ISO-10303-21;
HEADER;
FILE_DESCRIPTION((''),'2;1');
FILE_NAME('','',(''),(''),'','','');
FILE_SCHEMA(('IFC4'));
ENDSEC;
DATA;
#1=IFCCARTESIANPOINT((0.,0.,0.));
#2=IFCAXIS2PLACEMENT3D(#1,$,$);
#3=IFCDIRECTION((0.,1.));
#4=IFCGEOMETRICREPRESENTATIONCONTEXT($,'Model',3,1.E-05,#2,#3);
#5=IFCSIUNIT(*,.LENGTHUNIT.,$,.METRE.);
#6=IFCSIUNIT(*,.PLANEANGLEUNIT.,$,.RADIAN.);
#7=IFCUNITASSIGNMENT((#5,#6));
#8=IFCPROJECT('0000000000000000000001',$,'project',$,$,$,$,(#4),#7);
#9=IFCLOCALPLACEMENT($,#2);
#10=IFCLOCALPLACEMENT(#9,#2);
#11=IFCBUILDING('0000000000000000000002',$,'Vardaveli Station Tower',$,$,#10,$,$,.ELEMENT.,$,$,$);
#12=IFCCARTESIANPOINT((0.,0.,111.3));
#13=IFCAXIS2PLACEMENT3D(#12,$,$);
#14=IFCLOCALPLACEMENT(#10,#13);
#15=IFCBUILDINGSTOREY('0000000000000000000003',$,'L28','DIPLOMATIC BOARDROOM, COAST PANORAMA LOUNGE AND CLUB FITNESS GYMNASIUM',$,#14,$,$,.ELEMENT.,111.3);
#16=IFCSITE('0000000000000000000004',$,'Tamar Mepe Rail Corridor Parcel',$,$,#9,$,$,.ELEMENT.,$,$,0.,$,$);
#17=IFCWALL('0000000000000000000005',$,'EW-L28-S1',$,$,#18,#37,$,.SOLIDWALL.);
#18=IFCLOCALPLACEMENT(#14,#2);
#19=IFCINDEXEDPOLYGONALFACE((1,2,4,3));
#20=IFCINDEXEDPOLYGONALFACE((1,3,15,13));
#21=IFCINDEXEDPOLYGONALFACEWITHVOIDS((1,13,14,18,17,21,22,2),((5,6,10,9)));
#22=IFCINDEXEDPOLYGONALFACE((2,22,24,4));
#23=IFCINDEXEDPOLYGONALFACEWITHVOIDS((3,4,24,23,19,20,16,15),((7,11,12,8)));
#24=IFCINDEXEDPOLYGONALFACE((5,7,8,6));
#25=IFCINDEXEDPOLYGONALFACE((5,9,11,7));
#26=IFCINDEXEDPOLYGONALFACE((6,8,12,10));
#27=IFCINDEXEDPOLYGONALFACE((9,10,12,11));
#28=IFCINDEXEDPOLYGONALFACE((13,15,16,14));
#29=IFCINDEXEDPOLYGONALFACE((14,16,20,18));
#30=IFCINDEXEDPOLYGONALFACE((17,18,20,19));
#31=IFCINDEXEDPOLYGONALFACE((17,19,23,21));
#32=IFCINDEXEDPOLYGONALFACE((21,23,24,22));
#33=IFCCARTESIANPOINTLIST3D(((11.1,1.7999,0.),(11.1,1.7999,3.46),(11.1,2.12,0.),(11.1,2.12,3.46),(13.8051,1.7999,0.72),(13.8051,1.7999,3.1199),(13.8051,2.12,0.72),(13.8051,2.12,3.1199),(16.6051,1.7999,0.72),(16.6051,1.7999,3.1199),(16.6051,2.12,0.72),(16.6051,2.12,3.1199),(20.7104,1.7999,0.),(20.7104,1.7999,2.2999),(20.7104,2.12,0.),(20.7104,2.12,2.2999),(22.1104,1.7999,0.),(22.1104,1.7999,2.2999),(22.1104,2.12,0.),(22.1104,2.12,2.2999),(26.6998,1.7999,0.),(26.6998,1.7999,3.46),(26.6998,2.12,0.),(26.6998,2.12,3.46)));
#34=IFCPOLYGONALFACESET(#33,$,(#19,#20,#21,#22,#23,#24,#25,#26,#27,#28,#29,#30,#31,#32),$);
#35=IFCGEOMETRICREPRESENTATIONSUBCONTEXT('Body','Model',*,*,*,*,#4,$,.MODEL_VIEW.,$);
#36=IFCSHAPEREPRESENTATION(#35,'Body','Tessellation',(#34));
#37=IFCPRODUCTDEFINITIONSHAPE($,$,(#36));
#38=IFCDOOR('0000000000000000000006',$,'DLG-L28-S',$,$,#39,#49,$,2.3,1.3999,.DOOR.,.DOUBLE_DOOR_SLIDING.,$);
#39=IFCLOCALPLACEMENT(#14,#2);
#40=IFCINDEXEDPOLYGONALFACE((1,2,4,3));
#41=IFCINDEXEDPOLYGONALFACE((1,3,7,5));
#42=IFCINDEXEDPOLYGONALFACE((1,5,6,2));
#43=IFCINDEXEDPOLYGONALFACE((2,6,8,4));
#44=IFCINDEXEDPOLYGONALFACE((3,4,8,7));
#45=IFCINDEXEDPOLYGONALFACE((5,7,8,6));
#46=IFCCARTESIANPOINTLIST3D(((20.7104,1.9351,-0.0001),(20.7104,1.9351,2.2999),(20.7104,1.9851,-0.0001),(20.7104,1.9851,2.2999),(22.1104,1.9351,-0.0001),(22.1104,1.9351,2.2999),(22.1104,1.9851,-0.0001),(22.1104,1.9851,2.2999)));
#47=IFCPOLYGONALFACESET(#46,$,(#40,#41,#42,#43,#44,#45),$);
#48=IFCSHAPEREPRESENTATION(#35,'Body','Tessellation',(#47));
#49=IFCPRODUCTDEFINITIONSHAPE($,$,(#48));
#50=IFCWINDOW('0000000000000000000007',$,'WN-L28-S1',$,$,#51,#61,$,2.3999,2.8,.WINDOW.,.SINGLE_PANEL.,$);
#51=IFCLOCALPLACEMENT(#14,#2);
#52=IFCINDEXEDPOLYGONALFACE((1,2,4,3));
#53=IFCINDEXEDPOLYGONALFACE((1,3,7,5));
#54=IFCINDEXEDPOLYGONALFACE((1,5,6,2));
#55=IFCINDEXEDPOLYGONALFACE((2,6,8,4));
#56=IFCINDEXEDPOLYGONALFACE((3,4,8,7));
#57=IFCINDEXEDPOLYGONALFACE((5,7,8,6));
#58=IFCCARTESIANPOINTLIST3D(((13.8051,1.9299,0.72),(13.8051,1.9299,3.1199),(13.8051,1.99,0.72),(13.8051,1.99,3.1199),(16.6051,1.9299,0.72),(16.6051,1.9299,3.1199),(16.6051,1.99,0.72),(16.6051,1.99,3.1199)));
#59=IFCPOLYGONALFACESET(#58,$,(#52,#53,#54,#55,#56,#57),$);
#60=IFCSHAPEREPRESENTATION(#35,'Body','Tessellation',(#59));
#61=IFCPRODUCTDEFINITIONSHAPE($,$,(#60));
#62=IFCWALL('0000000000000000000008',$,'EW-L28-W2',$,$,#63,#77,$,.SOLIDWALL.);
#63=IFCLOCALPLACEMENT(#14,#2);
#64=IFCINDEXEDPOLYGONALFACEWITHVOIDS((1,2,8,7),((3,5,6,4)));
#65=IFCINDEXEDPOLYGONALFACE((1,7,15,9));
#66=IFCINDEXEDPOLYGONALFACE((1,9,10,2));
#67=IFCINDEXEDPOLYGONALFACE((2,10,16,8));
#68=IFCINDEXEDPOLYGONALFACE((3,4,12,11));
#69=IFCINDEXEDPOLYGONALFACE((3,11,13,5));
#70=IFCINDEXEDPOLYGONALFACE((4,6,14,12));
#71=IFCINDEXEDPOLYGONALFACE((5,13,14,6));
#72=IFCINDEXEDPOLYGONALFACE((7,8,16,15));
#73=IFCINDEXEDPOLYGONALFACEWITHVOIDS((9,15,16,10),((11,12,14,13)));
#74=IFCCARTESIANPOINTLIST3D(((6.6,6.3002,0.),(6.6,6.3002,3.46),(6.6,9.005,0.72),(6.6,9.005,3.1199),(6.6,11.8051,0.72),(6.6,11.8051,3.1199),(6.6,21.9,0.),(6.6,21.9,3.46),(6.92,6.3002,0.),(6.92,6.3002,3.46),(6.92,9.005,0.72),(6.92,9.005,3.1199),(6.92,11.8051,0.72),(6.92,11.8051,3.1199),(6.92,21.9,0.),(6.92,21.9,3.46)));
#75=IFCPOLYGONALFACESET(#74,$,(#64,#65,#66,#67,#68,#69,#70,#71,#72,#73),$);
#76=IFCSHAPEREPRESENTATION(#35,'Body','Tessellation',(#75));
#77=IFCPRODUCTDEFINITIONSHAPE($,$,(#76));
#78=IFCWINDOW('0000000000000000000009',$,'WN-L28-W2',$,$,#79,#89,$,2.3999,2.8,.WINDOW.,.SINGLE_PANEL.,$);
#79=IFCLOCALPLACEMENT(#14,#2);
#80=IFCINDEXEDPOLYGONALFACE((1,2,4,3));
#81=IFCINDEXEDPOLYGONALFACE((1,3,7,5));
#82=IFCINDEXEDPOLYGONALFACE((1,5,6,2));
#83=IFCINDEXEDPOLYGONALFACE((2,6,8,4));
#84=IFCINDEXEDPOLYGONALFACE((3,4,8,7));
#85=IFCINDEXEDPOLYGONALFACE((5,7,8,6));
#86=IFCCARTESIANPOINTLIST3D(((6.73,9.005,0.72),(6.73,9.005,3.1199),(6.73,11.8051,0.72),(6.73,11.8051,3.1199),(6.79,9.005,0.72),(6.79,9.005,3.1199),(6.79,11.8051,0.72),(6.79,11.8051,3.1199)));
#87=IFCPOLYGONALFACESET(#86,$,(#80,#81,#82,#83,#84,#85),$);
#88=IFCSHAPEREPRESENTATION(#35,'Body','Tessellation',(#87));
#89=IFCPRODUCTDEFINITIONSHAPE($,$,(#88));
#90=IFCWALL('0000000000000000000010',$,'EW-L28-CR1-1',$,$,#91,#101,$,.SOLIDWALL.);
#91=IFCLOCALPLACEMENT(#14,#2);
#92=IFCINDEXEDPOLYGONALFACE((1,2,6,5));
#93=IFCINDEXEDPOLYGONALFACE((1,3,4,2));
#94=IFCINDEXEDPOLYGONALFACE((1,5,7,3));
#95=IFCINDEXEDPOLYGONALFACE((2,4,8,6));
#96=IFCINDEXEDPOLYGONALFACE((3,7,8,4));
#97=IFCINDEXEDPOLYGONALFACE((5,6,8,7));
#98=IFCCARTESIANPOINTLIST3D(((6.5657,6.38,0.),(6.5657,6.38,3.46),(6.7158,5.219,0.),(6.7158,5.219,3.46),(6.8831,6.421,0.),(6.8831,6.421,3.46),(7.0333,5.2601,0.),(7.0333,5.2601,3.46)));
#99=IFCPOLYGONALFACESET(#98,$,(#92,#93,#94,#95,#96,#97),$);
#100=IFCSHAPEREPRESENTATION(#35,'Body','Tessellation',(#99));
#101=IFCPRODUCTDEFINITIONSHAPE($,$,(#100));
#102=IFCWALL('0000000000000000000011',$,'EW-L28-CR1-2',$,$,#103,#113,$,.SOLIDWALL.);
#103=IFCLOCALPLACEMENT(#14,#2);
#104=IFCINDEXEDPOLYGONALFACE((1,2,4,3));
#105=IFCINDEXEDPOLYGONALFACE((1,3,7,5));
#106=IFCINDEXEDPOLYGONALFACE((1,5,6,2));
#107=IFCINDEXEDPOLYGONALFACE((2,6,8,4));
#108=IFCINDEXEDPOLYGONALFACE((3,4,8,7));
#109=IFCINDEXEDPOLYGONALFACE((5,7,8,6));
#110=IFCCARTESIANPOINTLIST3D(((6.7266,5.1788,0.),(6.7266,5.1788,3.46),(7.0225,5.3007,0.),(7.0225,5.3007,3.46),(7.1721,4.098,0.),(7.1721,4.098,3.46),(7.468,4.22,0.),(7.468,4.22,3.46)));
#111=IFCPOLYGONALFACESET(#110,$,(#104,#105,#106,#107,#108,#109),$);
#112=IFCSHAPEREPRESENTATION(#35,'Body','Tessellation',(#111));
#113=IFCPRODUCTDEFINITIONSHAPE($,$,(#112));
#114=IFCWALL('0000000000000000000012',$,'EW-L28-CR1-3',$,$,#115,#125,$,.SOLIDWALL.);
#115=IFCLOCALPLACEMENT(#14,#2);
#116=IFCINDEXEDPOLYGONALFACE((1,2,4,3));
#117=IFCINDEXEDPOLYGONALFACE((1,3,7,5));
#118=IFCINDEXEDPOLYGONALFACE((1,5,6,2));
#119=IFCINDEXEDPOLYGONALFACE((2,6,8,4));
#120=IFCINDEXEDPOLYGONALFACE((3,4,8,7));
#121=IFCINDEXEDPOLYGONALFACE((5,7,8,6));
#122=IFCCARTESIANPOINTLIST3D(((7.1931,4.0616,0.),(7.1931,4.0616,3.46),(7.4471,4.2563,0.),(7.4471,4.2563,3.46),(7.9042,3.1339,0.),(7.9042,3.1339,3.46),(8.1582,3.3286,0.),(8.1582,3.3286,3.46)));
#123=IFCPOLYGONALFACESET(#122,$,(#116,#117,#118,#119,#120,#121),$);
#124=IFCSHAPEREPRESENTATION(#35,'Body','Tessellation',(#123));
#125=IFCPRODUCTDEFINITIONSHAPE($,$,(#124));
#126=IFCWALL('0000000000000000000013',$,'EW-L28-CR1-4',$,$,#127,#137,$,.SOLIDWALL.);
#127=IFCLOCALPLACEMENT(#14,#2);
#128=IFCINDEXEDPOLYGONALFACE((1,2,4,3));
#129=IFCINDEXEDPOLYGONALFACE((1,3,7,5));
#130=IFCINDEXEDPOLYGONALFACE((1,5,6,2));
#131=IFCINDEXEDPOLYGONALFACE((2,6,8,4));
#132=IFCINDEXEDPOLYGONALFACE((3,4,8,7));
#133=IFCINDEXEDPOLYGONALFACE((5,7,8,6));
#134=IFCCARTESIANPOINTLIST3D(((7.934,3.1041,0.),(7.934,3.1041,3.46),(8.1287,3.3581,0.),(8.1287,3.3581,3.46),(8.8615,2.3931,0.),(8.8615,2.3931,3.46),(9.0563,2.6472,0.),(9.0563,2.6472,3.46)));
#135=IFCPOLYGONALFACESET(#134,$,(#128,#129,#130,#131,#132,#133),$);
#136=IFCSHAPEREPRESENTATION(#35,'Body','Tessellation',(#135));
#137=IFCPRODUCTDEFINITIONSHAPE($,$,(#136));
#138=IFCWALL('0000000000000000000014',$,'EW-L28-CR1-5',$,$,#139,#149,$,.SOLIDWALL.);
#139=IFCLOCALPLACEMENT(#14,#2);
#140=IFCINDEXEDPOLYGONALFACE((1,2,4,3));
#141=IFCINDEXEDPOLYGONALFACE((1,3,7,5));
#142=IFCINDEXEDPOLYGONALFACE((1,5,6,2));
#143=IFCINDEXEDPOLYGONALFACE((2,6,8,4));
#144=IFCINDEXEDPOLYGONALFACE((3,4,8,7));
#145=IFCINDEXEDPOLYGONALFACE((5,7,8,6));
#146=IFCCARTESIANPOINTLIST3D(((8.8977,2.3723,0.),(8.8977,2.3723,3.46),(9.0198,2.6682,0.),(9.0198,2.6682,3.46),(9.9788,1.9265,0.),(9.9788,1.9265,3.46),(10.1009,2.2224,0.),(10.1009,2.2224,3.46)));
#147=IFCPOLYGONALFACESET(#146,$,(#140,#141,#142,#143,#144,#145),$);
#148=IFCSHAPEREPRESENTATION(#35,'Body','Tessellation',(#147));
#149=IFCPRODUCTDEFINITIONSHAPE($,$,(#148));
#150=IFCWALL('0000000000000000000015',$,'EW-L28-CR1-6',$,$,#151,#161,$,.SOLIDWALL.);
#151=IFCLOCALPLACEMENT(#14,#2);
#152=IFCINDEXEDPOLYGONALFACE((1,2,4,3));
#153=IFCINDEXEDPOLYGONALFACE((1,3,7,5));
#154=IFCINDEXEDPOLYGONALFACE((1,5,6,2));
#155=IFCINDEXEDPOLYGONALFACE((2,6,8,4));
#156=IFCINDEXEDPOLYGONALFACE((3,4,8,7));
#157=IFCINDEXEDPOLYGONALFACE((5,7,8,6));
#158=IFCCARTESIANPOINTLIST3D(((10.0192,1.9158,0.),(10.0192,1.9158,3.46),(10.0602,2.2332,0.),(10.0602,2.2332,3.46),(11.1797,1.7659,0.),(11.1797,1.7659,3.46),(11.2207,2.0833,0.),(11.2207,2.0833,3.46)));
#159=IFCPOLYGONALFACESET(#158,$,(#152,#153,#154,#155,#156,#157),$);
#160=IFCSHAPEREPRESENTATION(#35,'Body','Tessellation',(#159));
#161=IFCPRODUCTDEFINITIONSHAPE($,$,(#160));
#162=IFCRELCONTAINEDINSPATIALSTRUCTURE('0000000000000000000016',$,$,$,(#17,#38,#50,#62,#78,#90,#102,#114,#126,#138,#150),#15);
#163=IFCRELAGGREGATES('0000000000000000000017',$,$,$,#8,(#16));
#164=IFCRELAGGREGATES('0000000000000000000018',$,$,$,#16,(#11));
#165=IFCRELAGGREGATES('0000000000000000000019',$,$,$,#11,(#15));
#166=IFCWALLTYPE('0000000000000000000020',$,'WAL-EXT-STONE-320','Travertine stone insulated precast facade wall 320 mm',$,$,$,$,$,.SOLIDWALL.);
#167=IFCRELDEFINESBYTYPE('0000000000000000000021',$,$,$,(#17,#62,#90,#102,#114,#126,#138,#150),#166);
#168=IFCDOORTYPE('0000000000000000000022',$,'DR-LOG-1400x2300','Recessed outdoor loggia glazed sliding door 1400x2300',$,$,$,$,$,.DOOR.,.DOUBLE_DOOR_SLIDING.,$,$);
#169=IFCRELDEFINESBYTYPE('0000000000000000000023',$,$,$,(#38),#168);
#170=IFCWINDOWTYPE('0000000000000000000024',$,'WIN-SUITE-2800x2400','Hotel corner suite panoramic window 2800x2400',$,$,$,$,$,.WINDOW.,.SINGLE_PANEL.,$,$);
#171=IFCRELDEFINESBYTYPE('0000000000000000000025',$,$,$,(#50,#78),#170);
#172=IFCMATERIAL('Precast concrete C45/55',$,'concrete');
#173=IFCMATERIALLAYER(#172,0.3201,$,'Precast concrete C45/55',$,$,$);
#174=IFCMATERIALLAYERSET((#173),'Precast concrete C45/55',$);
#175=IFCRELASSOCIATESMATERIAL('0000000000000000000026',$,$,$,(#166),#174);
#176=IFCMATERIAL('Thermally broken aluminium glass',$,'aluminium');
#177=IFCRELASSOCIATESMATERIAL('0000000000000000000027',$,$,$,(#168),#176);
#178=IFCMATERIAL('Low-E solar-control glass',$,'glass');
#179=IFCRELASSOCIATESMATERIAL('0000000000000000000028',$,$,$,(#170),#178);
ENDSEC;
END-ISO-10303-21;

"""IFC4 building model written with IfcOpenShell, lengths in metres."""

from ifc_helpers import new_model, si_unit, direction, frame, frame_2d, origin, place, context, subcontext, project, spatial, rectangle, extrude, source, transform, mapped, material, layer, layer_set, type_object, element, fill, save


model = new_model("IFC4")

# Units and contexts
model_context = context("Model", 3, precision=1e-05, world=origin(), true_north=direction((0.0, 1.0)))
body_context = subcontext(model_context, "Body", "Model", "MODEL_VIEW")
ifc_project = project(units=[si_unit("LENGTHUNIT", "METRE"), si_unit("PLANEANGLEUNIT", "RADIAN")], contexts=[model_context])

# Site, building, storey
site_placement = place(None, origin())
site = spatial("IfcSite", under=ifc_project, at=site_placement, Name="Tamar Mepe Rail Corridor Parcel", CompositionType="ELEMENT", RefElevation=0.0)
building_placement = place(site_placement, origin())
building = spatial("IfcBuilding", under=site, at=building_placement, Name="Vardaveli Station Tower", CompositionType="ELEMENT")
storey_placement = place(building_placement, frame((0.0, 0.0, 111.3)))
storey = spatial("IfcBuildingStorey", under=building, at=storey_placement, Name="L28", Description="DIPLOMATIC BOARDROOM, COAST PANORAMA LOUNGE AND CLUB FITNESS GYMNASIUM", CompositionType="ELEMENT", Elevation=111.3)

# Shared definitions
ifc_material_1 = material(Name="Precast concrete C45/55", Category="concrete")

# Wall, openings, door, window
ifc_layer_1 = layer(ifc_material_1, 0.3201, Name="Precast concrete C45/55")
ifc_layer_set_1 = layer_set([ifc_layer_1], Name="Precast concrete C45/55")
wall_type_1 = type_object("IfcWallType", Name="WAL-EXT-STONE-320", Description="Travertine stone insulated precast facade wall 320 mm", PredefinedType="SOLIDWALL", material=ifc_layer_set_1)
shared_shape_1 = source(origin(), body_context, "Body", "SweptSolid", [
    extrude(rectangle(XDim=15.5999, YDim=0.3201, at=frame_2d((7.7998, 0.0))), origin(), (0.0, 0.0, 1.0), 3.46),
])
wall_1_placement = place(storey_placement, frame((11.1001, 1.96, 0.0), z_axis=(0.0, 0.0, 1.0), x_axis=(1.0, 0.0, 0.0)))
wall_1 = element("IfcWall", 1, at=wall_1_placement, inside=storey, type_object=wall_type_1, Name="EW-L28-S1", PredefinedType="SOLIDWALL", context=body_context, shape_type="MappedRepresentation", body=[
    mapped(shared_shape_1, transform((0.0, 0.0, 0.0), scale=1.0)),
])
shared_shape_2 = source(origin(), body_context, "Body", "SweptSolid", [
    extrude(rectangle(XDim=1.3999, YDim=2.3, at=frame_2d((0.7, 1.1499))), frame((0.0, 0.1699, 0.0), z_axis=(0.0, -1.0, 0.0), x_axis=(1.0, 0.0, 0.0)), (0.0, 0.0, 1.0), 0.3401),
])
opening_1_placement = place(wall_1_placement, frame((9.6104, 0.0, 0.0)))
opening_1 = element("IfcOpeningElement", 2, at=opening_1_placement, cuts=wall_1, PredefinedType="OPENING", context=body_context, shape_type="MappedRepresentation", body=[
    mapped(shared_shape_2, transform((0.0, 0.0, 0.0), scale=1.0)),
])
shared_shape_3 = source(origin(), body_context, "Body", "SweptSolid", [
    extrude(rectangle(XDim=2.8, YDim=2.3999, at=frame_2d((1.3999, 1.2))), frame((0.0, 0.1699, 0.0), z_axis=(0.0, -1.0, 0.0), x_axis=(1.0, 0.0, 0.0)), (0.0, 0.0, 1.0), 0.3401),
])
opening_2_placement = place(wall_1_placement, frame((2.7051, 0.0, 0.72)))
opening_2 = element("IfcOpeningElement", 3, at=opening_2_placement, cuts=wall_1, PredefinedType="OPENING", context=body_context, shape_type="MappedRepresentation", body=[
    mapped(shared_shape_3, transform((0.0, 0.0, 0.0), scale=1.0)),
])
ifc_material_2 = material(Name="Thermally broken aluminium glass", Category="aluminium")
door_type_1 = type_object("IfcDoorType", Name="DR-LOG-1400x2300", Description="Recessed outdoor loggia glazed sliding door 1400x2300", OperationType="DOUBLE_DOOR_SLIDING", PredefinedType="DOOR", material=ifc_material_2)
shared_shape_4 = source(origin(), body_context, "Body", "SweptSolid", [
    extrude(rectangle(XDim=1.3999, YDim=2.3, at=frame_2d((0.7, 1.1499))), frame((0.0, 0.0249, 0.0), z_axis=(0.0, -1.0, 0.0), x_axis=(1.0, 0.0, 0.0)), (0.0, 0.0, 1.0), 0.05),
])
door_1_placement = place(opening_1_placement, frame((1.3999, 0.0, 0.0), z_axis=(0.0, 0.0, 1.0), x_axis=(-1.0, 0.0, 0.0)))
door_1 = element("IfcDoor", 4, at=door_1_placement, inside=storey, type_object=door_type_1, Name="DLG-L28-S", OperationType="DOUBLE_DOOR_SLIDING", OverallHeight=2.3, OverallWidth=1.3999, PredefinedType="DOOR", context=body_context, shape_type="MappedRepresentation", body=[
    mapped(shared_shape_4, transform((0.0, 0.0, 0.0), scale=1.0)),
])
fill(opening_1, door_1)
ifc_material_3 = material(Name="Low-E solar-control glass", Category="glass")
window_type = type_object("IfcWindowType", Name="WIN-SUITE-2800x2400", Description="Hotel corner suite panoramic window 2800x2400", PartitioningType="SINGLE_PANEL", PredefinedType="WINDOW", material=ifc_material_3)
shared_shape_5 = source(origin(), body_context, "Body", "SweptSolid", [
    extrude(rectangle(XDim=2.8, YDim=2.3999, at=frame_2d((1.3999, 1.2))), frame((0.0, 0.03, 0.0), z_axis=(0.0, -1.0, 0.0), x_axis=(1.0, 0.0, 0.0)), (0.0, 0.0, 1.0), 0.0601),
])
window_1_placement = place(opening_2_placement, origin())
window_1 = element("IfcWindow", 5, at=window_1_placement, inside=storey, type_object=window_type, Name="WN-L28-S1", OverallHeight=2.3999, OverallWidth=2.8, PartitioningType="SINGLE_PANEL", PredefinedType="WINDOW", context=body_context, shape_type="MappedRepresentation", body=[
    mapped(shared_shape_5, transform((0.0, 0.0, 0.0), scale=1.0)),
])
fill(opening_2, window_1)

# Wall, opening, window
wall_2_placement = place(storey_placement, frame((6.76, 21.8999, 0.0), z_axis=(0.0, 0.0, 1.0), x_axis=(0.0, -1.0, 0.0)))
wall_2 = element("IfcWall", 6, at=wall_2_placement, inside=storey, type_object=wall_type_1, Name="EW-L28-W2", PredefinedType="SOLIDWALL", context=body_context, shape_type="MappedRepresentation", body=[
    mapped(shared_shape_1, transform((0.0, 0.0, 0.0), scale=1.0)),
])
opening_3_placement = place(wall_2_placement, frame((10.095, 0.0, 0.72)))
opening_3 = element("IfcOpeningElement", 7, at=opening_3_placement, cuts=wall_2, PredefinedType="OPENING", context=body_context, shape_type="MappedRepresentation", body=[
    mapped(shared_shape_3, transform((0.0, 0.0, 0.0), scale=1.0)),
])
window_2_placement = place(opening_3_placement, origin())
window_2 = element("IfcWindow", 8, at=window_2_placement, inside=storey, type_object=window_type, Name="WN-L28-W2", OverallHeight=2.3999, OverallWidth=2.8, PartitioningType="SINGLE_PANEL", PredefinedType="WINDOW", context=body_context, shape_type="MappedRepresentation", body=[
    mapped(shared_shape_5, transform((0.0, 0.0, 0.0), scale=1.0)),
])
fill(opening_3, window_2)

# Walls
shared_shape_6 = source(origin(), body_context, "Body", "SweptSolid", [
    extrude(rectangle(XDim=1.1707, YDim=0.3201, at=frame_2d((0.5854, 0.0))), origin(), (0.0, 0.0, 1.0), 3.46),
])
wall_3_placement = place(storey_placement, frame((6.7244, 6.4006, 0.0), z_axis=(0.0, 0.0, 1.0), x_axis=(0.128269, -0.991739, 0.0)))
element("IfcWall", 9, at=wall_3_placement, inside=storey, type_object=wall_type_1, Name="EW-L28-CR1-1", PredefinedType="SOLIDWALL", context=body_context, shape_type="MappedRepresentation", body=[
    mapped(shared_shape_6, transform((0.0, 0.0, 0.0), scale=1.0)),
])
shared_shape_7 = source(origin(), body_context, "Body", "SweptSolid", [
    extrude(rectangle(XDim=1.1689, YDim=0.3201, at=frame_2d((0.5845, 0.0))), origin(), (0.0, 0.0, 1.0), 3.46),
])
for number, where, z_axis, x_axis, name in (
    (10, (6.8745, 5.2397, 0.0), (0.0, 0.0, 1.0), (0.381128, -0.924522, 0.0), "EW-L28-CR1-2"),
    (11, (7.3201, 4.1589, 0.0), (0.0, 0.0, 1.0), (0.608388, -0.79364, 0.0), "EW-L28-CR1-3"),
):
    element("IfcWall", number, at=place(storey_placement, frame(where, z_axis=z_axis, x_axis=x_axis)), inside=storey, type_object=wall_type_1, Name=name, PredefinedType="SOLIDWALL", context=body_context, shape_type="MappedRepresentation", body=[
        mapped(shared_shape_7, transform((0.0, 0.0, 0.0), scale=1.0)),
    ])
shared_shape_8 = source(origin(), body_context, "Body", "SweptSolid", [
    extrude(rectangle(XDim=1.1687, YDim=0.3201, at=frame_2d((0.5845, 0.0))), origin(), (0.0, 0.0, 1.0), 3.46),
])
wall_4_placement = place(storey_placement, frame((8.0312, 3.2312, 0.0), z_axis=(0.0, 0.0, 1.0), x_axis=(0.793664, -0.608357, 0.0)))
element("IfcWall", 12, at=wall_4_placement, inside=storey, type_object=wall_type_1, Name="EW-L28-CR1-4", PredefinedType="SOLIDWALL", context=body_context, shape_type="MappedRepresentation", body=[
    mapped(shared_shape_8, transform((0.0, 0.0, 0.0), scale=1.0)),
])
shared_shape_9 = source(origin(), body_context, "Body", "SweptSolid", [
    extrude(rectangle(XDim=1.1694, YDim=0.3201, at=frame_2d((0.5847, 0.0))), origin(), (0.0, 0.0, 1.0), 3.46),
])
wall_5_placement = place(storey_placement, frame((8.9587, 2.5203, 0.0), z_axis=(0.0, 0.0, 1.0), x_axis=(0.924479, -0.381233, 0.0)))
element("IfcWall", 13, at=wall_5_placement, inside=storey, type_object=wall_type_1, Name="EW-L28-CR1-5", PredefinedType="SOLIDWALL", context=body_context, shape_type="MappedRepresentation", body=[
    mapped(shared_shape_9, transform((0.0, 0.0, 0.0), scale=1.0)),
])
shared_shape_10 = source(origin(), body_context, "Body", "SweptSolid", [
    extrude(rectangle(XDim=1.1702, YDim=0.3201, at=frame_2d((0.585, 0.0))), origin(), (0.0, 0.0, 1.0), 3.46),
])
wall_6_placement = place(storey_placement, frame((10.0398, 2.0745, 0.0), z_axis=(0.0, 0.0, 1.0), x_axis=(0.991762, -0.12809, 0.0)))
element("IfcWall", 14, at=wall_6_placement, inside=storey, type_object=wall_type_1, Name="EW-L28-CR1-6", PredefinedType="SOLIDWALL", context=body_context, shape_type="MappedRepresentation", body=[
    mapped(shared_shape_10, transform((0.0, 0.0, 0.0), scale=1.0)),
])

save(model, "model.ifc")
